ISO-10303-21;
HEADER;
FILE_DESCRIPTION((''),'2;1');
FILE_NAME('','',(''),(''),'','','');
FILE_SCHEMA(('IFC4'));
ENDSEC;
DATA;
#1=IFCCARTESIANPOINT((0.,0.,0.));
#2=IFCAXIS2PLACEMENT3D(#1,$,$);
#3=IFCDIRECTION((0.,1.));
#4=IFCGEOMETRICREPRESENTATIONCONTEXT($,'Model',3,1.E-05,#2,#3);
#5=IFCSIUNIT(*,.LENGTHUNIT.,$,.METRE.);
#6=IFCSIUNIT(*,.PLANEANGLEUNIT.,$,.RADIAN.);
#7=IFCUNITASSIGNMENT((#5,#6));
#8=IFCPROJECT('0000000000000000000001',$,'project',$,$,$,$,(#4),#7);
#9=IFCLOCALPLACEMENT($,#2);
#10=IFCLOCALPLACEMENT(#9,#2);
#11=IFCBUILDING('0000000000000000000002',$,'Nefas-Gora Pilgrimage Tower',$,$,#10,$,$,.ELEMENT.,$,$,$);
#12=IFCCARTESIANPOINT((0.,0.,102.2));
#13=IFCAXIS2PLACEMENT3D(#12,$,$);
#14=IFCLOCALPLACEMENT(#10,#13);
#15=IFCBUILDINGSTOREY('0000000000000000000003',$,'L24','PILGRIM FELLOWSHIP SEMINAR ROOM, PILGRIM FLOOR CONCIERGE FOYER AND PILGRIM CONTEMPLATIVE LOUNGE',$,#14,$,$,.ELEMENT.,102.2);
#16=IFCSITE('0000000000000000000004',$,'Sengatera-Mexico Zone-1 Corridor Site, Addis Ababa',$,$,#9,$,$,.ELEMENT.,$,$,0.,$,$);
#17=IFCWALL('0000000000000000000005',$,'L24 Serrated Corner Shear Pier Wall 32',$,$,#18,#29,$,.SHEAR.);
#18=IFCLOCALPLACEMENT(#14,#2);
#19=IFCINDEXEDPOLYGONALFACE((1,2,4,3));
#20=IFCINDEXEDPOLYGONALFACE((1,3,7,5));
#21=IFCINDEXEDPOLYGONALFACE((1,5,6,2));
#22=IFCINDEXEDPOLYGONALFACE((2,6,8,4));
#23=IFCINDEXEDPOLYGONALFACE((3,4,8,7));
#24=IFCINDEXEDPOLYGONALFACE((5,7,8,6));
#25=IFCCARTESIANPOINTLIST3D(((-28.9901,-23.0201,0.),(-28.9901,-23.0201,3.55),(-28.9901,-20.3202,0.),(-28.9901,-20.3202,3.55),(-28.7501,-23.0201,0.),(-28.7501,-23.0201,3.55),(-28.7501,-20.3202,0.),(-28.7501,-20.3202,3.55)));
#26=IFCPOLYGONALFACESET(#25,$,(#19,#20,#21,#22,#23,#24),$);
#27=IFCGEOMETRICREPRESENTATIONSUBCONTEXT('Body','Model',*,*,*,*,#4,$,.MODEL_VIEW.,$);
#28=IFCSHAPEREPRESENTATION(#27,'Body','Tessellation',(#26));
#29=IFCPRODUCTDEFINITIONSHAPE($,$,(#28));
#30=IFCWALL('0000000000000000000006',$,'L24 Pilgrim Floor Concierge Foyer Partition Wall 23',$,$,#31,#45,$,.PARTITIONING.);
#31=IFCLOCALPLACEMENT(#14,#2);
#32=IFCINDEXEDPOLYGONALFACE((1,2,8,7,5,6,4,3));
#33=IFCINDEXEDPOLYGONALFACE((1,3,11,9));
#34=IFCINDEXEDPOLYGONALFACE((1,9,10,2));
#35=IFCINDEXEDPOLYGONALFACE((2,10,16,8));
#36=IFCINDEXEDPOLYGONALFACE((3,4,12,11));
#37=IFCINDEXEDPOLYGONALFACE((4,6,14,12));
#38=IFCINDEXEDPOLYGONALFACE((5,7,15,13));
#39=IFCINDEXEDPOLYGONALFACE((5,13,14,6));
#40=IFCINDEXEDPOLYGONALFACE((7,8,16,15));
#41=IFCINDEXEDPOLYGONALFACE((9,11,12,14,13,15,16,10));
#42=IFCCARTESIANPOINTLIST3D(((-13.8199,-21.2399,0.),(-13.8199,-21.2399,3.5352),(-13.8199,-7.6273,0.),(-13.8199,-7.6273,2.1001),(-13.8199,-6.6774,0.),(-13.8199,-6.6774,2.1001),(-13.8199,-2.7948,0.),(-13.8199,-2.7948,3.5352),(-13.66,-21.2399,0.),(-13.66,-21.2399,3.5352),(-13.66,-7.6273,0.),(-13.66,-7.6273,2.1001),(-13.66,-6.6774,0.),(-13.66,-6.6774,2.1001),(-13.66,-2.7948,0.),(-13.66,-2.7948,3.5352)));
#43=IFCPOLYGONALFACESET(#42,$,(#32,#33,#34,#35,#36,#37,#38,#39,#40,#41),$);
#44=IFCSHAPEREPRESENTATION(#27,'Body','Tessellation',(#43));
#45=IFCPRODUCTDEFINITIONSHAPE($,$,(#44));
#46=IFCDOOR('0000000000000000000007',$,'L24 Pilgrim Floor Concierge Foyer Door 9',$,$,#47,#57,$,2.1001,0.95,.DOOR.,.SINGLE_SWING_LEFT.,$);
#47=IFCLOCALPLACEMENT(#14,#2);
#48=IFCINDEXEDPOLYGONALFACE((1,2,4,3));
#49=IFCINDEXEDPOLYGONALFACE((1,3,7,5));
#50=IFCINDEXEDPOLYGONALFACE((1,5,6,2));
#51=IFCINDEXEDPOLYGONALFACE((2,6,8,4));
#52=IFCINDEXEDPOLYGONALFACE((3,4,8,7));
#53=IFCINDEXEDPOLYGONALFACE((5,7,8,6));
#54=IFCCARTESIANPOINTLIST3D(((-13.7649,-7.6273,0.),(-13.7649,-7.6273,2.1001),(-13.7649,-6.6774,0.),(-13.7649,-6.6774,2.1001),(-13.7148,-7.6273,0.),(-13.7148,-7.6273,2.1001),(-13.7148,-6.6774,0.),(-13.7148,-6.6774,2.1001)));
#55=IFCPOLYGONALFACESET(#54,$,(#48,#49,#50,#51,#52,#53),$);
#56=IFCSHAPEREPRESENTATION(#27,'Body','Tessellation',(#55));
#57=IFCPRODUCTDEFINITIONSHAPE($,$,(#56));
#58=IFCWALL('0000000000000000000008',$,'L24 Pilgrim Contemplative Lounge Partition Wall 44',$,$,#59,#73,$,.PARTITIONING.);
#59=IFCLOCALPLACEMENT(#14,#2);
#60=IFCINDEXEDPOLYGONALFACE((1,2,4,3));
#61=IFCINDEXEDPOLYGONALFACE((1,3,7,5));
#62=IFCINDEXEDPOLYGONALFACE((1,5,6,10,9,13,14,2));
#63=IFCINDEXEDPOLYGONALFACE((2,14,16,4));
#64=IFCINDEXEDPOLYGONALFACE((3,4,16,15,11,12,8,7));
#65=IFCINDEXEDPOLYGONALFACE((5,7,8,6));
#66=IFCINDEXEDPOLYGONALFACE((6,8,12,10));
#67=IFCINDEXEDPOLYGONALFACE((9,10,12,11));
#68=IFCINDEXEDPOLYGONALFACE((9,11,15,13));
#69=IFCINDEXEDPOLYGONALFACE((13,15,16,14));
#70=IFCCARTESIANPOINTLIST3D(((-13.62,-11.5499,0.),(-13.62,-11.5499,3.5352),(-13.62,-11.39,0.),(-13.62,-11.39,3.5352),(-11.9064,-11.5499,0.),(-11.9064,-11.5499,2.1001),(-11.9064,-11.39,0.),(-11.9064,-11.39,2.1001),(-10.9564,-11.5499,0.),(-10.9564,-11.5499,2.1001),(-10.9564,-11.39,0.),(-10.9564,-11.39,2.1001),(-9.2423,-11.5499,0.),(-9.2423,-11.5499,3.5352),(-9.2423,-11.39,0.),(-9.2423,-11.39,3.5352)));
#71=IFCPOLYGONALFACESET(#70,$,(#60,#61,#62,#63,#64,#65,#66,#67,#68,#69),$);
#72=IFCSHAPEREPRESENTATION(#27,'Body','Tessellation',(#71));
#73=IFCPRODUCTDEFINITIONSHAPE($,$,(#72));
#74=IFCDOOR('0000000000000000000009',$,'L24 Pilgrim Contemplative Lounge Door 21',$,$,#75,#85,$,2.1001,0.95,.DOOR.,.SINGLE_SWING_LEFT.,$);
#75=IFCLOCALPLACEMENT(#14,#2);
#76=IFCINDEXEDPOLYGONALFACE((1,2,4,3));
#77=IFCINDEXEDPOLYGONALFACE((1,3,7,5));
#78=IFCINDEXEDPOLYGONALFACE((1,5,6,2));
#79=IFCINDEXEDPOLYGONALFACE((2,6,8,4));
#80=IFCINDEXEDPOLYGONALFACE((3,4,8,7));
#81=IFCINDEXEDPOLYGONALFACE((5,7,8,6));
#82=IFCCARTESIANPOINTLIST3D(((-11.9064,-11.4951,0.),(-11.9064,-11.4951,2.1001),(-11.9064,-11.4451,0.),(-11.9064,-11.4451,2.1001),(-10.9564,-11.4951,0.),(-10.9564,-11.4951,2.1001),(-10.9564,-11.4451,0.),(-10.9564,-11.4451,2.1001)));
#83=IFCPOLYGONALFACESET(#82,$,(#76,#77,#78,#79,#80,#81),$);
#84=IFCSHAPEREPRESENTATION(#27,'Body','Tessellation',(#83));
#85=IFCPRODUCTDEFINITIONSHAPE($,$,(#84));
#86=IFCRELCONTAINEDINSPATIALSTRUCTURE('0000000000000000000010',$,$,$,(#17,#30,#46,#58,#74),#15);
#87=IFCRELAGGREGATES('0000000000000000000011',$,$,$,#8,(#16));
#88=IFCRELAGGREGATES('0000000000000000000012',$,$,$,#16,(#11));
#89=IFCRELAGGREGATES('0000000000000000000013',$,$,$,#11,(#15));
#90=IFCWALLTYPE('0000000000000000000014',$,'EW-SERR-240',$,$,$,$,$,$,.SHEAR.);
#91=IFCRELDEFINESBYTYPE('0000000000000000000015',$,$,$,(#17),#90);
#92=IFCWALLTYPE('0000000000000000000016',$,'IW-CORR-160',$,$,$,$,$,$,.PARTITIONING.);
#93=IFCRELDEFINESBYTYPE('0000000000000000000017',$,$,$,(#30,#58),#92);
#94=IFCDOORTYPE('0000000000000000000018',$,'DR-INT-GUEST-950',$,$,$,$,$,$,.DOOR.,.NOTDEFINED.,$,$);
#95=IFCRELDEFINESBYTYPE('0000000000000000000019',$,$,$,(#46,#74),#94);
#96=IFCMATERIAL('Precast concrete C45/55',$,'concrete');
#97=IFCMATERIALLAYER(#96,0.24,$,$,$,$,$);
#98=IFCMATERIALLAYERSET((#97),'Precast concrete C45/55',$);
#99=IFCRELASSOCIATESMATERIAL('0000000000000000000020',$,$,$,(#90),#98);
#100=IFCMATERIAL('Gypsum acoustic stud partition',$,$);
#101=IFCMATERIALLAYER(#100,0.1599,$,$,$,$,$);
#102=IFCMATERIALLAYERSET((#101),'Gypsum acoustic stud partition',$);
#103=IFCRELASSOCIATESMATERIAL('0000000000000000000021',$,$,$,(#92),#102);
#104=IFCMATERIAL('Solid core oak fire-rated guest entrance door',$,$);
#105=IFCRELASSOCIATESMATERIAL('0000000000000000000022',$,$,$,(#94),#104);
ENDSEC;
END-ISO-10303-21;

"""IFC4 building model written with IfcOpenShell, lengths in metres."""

from ifc_helpers import new_model, si_unit, direction, frame, frame_2d, origin, place, context, subcontext, project, spatial, rectangle, extrude, source, transform, mapped, material, layer, layer_set, type_object, element, fill, save


model = new_model("IFC4")

# Units and contexts
model_context = context("Model", 3, precision=1e-05, world=origin(), true_north=direction((0.0, 1.0)))
body_context = subcontext(model_context, "Body", "Model", "MODEL_VIEW")
ifc_project = project(units=[si_unit("LENGTHUNIT", "METRE"), si_unit("PLANEANGLEUNIT", "RADIAN")], contexts=[model_context])

# Site, building, storey
site_placement = place(None, origin())
site = spatial("IfcSite", under=ifc_project, at=site_placement, Name="Sengatera-Mexico Zone-1 Corridor Site, Addis Ababa", CompositionType="ELEMENT", RefElevation=0.0)
building_placement = place(site_placement, origin())
building = spatial("IfcBuilding", under=site, at=building_placement, Name="Nefas-Gora Pilgrimage Tower", CompositionType="ELEMENT")
storey_placement = place(building_placement, frame((0.0, 0.0, 102.2)))
storey = spatial("IfcBuildingStorey", under=building, at=storey_placement, Name="L24", Description="PILGRIM FELLOWSHIP SEMINAR ROOM, PILGRIM FLOOR CONCIERGE FOYER AND PILGRIM CONTEMPLATIVE LOUNGE", CompositionType="ELEMENT", Elevation=102.2)

# Shared definitions
ifc_material_1 = material(Name="Precast concrete C45/55", Category="concrete")
ifc_layer_1 = layer(ifc_material_1, 0.24)
ifc_layer_set_1 = layer_set([ifc_layer_1], Name="Precast concrete C45/55")
wall_type_1 = type_object("IfcWallType", Name="EW-SERR-240", PredefinedType="SHEAR", material=ifc_layer_set_1)
shared_shape_1 = source(origin(), body_context, "Body", "SweptSolid", [
    extrude(rectangle(XDim=2.7, YDim=0.24, at=frame_2d((1.3501, 0.0))), origin(), (0.0, 0.0, 1.0), 3.55),
])

# Wall
for number, where, z_axis, x_axis, name in (
    (1, (-28.8701, -20.3201, 0.0), (0.0, 0.0, 1.0), (0.0, -1.0, 0.0), "L24 Serrated Corner Shear Pier Wall 32"),
):
    element("IfcWall", number, at=place(storey_placement, frame(where, z_axis=z_axis, x_axis=x_axis)), inside=storey, type_object=wall_type_1, Name=name, PredefinedType="SHEAR", context=body_context, shape_type="MappedRepresentation", body=[
        mapped(shared_shape_1, transform((0.0, 0.0, 0.0), x_axis=(1.0, 0.0, 0.0), y_axis=(0.0, 1.0, 0.0), z_axis=(0.0, 0.0, 1.0), scale=1.0)),
    ])

# Walls, openings, doors
ifc_material_2 = material(Name="Gypsum acoustic stud partition")
ifc_layer_2 = layer(ifc_material_2, 0.1599)
ifc_layer_set_2 = layer_set([ifc_layer_2], Name="Gypsum acoustic stud partition")
wall_type_2 = type_object("IfcWallType", Name="IW-CORR-160", PredefinedType="PARTITIONING", material=ifc_layer_set_2)
shared_shape_2 = source(origin(), body_context, "Body", "SweptSolid", [
    extrude(rectangle(XDim=18.4451, YDim=0.1599, at=frame_2d((9.2227, 0.0))), origin(), (0.0, 0.0, 1.0), 3.5352),
])
wall_1_placement = place(storey_placement, frame((-13.74, -21.24, 0.0), z_axis=(0.0, 0.0, 1.0), x_axis=(0.0, 1.0, 0.0)))
wall_1 = element("IfcWall", 2, at=wall_1_placement, inside=storey, type_object=wall_type_2, Name="L24 Pilgrim Floor Concierge Foyer Partition Wall 23", PredefinedType="PARTITIONING", context=body_context, shape_type="MappedRepresentation", body=[
    mapped(shared_shape_2, transform((0.0, 0.0, 0.0), x_axis=(1.0, 0.0, 0.0), y_axis=(0.0, 1.0, 0.0), z_axis=(0.0, 0.0, 1.0), scale=1.0)),
])
opening_1_placement = place(wall_1_placement, frame((13.6125, 0.0, 0.0)))
opening_1 = element("IfcOpeningElement", 3, at=opening_1_placement, cuts=wall_1, PredefinedType="OPENING", context=body_context, shape_type="SweptSolid", body=[
    extrude(rectangle(XDim=0.95, YDim=2.1001, at=frame_2d((0.4751, 1.05))), frame((0.0, 0.0898, 0.0), z_axis=(0.0, -1.0, 0.0), x_axis=(1.0, 0.0, 0.0)), (0.0, 0.0, 1.0), 0.1799),
])
ifc_material_3 = material(Name="Solid core oak fire-rated guest entrance door")
door_type = type_object("IfcDoorType", Name="DR-INT-GUEST-950", OperationType="NOTDEFINED", PredefinedType="DOOR", material=ifc_material_3)
shared_shape_3 = source(origin(), body_context, "Body", "SweptSolid", [
    extrude(rectangle(XDim=0.95, YDim=2.1001, at=frame_2d((0.4751, 1.05))), frame((0.0, 0.0249, 0.0), z_axis=(0.0, -1.0, 0.0), x_axis=(1.0, 0.0, 0.0)), (0.0, 0.0, 1.0), 0.05),
])
door_1_placement = place(opening_1_placement, origin())
door_1 = element("IfcDoor", 4, at=door_1_placement, inside=storey, type_object=door_type, Name="L24 Pilgrim Floor Concierge Foyer Door 9", OperationType="SINGLE_SWING_LEFT", OverallHeight=2.1001, OverallWidth=0.95, PredefinedType="DOOR", context=body_context, shape_type="MappedRepresentation", body=[
    mapped(shared_shape_3, transform((0.0, 0.0, 0.0), x_axis=(1.0, 0.0, 0.0), y_axis=(0.0, 1.0, 0.0), z_axis=(0.0, 0.0, 1.0), scale=1.0)),
])
fill(opening_1, door_1)
shared_shape_4 = source(origin(), body_context, "Body", "SweptSolid", [
    extrude(rectangle(XDim=4.3777, YDim=0.1599, at=frame_2d((2.189, 0.0))), origin(), (0.0, 0.0, 1.0), 3.5352),
])
wall_2_placement = place(storey_placement, frame((-13.6201, -11.47, 0.0), z_axis=(0.0, 0.0, 1.0), x_axis=(1.0, 0.0, 0.0)))
wall_2 = element("IfcWall", 5, at=wall_2_placement, inside=storey, type_object=wall_type_2, Name="L24 Pilgrim Contemplative Lounge Partition Wall 44", PredefinedType="PARTITIONING", context=body_context, shape_type="MappedRepresentation", body=[
    mapped(shared_shape_4, transform((0.0, 0.0, 0.0), x_axis=(1.0, 0.0, 0.0), y_axis=(0.0, 1.0, 0.0), z_axis=(0.0, 0.0, 1.0), scale=1.0)),
])
opening_2_placement = place(wall_2_placement, frame((1.7136, 0.0, 0.0)))
opening_2 = element("IfcOpeningElement", 6, at=opening_2_placement, cuts=wall_2, PredefinedType="OPENING", context=body_context, shape_type="SweptSolid", body=[
    extrude(rectangle(XDim=0.95, YDim=2.1001, at=frame_2d((0.4751, 1.05))), frame((0.0, 0.0898, 0.0), z_axis=(0.0, -1.0, 0.0), x_axis=(1.0, 0.0, 0.0)), (0.0, 0.0, 1.0), 0.1799),
])
door_2_placement = place(opening_2_placement, origin())
door_2 = element("IfcDoor", 7, at=door_2_placement, inside=storey, type_object=door_type, Name="L24 Pilgrim Contemplative Lounge Door 21", OperationType="SINGLE_SWING_LEFT", OverallHeight=2.1001, OverallWidth=0.95, PredefinedType="DOOR", context=body_context, shape_type="MappedRepresentation", body=[
    mapped(shared_shape_3, transform((0.0, 0.0, 0.0), x_axis=(1.0, 0.0, 0.0), y_axis=(0.0, 1.0, 0.0), z_axis=(0.0, 0.0, 1.0), scale=1.0)),
])
fill(opening_2, door_2)

save(model, "model.ifc")
